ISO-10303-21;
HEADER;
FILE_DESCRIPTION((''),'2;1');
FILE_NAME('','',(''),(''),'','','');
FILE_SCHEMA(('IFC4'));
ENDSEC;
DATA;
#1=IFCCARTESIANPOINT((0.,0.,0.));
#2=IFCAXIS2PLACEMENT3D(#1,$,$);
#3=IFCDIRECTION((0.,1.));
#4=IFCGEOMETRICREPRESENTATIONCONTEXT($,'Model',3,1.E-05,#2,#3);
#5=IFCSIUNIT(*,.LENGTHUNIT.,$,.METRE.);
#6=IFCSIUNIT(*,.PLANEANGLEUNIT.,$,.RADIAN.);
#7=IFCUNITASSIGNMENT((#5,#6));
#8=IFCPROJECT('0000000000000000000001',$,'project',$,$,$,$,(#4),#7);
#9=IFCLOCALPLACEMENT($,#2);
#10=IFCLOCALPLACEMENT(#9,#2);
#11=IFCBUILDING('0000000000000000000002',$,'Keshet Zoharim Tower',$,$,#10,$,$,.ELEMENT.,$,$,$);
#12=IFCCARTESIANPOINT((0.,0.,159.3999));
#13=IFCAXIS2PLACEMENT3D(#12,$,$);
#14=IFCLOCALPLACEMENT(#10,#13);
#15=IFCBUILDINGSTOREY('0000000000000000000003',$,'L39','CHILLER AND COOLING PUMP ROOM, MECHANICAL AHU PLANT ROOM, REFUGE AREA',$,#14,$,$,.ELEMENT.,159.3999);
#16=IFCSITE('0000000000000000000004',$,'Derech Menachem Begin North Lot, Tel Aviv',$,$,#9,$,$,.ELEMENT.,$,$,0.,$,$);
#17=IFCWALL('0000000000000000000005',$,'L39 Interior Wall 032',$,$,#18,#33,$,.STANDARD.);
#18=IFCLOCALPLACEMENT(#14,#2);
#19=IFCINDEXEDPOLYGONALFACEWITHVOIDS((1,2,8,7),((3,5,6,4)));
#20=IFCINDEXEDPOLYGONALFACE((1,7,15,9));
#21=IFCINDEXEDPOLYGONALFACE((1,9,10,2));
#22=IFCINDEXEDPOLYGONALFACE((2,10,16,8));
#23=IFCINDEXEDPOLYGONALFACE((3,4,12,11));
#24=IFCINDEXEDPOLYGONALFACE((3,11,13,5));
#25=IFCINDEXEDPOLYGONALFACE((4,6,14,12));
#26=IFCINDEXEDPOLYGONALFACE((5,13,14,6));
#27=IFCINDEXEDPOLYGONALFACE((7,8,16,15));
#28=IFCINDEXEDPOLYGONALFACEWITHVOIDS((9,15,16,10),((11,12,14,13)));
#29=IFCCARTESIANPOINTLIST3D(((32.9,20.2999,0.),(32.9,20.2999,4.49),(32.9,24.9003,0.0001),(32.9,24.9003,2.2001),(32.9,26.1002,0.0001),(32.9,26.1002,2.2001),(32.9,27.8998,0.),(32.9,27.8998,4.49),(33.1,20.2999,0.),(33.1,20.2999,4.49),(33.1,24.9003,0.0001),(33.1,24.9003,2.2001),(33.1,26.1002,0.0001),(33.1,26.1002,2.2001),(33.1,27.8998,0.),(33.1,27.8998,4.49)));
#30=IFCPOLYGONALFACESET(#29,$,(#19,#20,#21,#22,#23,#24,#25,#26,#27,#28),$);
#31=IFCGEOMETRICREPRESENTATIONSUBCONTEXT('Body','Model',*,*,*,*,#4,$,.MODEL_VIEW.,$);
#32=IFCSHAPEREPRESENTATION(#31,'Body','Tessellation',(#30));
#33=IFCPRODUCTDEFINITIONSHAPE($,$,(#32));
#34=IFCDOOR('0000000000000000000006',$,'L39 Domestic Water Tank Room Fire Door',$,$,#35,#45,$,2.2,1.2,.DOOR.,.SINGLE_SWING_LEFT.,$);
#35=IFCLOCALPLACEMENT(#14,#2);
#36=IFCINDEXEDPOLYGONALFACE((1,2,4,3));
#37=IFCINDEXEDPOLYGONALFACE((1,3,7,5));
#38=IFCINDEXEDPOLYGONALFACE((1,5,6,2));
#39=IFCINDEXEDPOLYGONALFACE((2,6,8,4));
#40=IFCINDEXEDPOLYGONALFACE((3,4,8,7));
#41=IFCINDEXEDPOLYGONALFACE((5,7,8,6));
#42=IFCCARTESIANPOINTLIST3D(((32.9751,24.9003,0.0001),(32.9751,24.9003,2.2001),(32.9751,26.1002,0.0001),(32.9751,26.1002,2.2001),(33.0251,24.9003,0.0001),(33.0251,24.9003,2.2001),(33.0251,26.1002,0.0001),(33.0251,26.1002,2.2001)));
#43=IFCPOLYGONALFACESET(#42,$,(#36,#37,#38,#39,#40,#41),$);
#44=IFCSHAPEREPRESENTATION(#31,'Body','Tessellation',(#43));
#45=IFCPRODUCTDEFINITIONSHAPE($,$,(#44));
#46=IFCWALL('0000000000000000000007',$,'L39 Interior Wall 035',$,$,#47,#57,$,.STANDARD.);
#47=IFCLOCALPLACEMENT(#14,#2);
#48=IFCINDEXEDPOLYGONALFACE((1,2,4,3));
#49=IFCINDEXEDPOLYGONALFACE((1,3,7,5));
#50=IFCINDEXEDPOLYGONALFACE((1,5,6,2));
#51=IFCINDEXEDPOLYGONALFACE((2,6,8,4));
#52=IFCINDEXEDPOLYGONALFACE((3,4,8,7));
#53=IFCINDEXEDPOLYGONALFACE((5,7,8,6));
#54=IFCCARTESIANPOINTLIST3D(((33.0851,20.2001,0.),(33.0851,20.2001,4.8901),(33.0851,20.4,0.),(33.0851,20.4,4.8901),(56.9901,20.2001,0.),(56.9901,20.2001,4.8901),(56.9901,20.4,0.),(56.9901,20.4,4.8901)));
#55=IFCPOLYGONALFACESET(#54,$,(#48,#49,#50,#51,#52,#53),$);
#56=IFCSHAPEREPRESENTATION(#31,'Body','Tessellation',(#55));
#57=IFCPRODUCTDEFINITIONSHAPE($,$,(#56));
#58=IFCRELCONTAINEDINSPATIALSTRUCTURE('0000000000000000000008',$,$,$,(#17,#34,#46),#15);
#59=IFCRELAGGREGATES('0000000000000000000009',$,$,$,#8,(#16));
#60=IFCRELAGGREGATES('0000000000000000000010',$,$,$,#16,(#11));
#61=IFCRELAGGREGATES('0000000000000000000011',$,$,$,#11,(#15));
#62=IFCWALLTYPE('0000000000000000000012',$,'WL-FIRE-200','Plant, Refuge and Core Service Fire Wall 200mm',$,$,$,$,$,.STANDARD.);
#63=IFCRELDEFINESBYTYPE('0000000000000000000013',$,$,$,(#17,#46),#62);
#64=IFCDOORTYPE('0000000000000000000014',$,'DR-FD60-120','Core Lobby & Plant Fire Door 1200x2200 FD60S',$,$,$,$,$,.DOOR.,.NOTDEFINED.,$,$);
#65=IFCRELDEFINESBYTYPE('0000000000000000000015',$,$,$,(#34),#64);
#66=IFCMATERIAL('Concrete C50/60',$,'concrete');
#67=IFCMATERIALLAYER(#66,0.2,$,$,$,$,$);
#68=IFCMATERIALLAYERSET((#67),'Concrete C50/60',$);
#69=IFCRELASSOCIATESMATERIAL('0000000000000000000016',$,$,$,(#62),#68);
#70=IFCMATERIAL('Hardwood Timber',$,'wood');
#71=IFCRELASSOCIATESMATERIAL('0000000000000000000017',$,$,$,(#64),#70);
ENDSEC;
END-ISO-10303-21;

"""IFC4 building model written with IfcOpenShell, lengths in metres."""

from ifc_helpers import new_model, si_unit, direction, frame, frame_2d, origin, place, context, subcontext, project, spatial, rectangle, extrude, material, layer, layer_set, type_object, element, fill, save


model = new_model("IFC4")

# Units and contexts
model_context = context("Model", 3, precision=1e-05, world=origin(), true_north=direction((0.0, 1.0)))
body_context = subcontext(model_context, "Body", "Model", "MODEL_VIEW")
ifc_project = project(units=[si_unit("LENGTHUNIT", "METRE"), si_unit("PLANEANGLEUNIT", "RADIAN")], contexts=[model_context])

# Site, building, storey
site_placement = place(None, origin())
site = spatial("IfcSite", under=ifc_project, at=site_placement, Name="Derech Menachem Begin North Lot, Tel Aviv", CompositionType="ELEMENT", RefElevation=0.0)
building_placement = place(site_placement, origin())
building = spatial("IfcBuilding", under=site, at=building_placement, Name="Keshet Zoharim Tower", CompositionType="ELEMENT")
storey_placement = place(building_placement, frame((0.0, 0.0, 159.3999)))
storey = spatial("IfcBuildingStorey", under=building, at=storey_placement, Name="L39", Description="CHILLER AND COOLING PUMP ROOM, MECHANICAL AHU PLANT ROOM, REFUGE AREA", CompositionType="ELEMENT", Elevation=159.3999)

# Shared definitions
ifc_material_1 = material(Name="Concrete C50/60", Category="concrete")
ifc_layer_1 = layer(ifc_material_1, 0.2)
ifc_layer_set_1 = layer_set([ifc_layer_1], Name="Concrete C50/60")
wall_type_1 = type_object("IfcWallType", Name="WL-FIRE-200", Description="Plant, Refuge and Core Service Fire Wall 200mm", PredefinedType="STANDARD", material=ifc_layer_set_1)

# Wall, opening, door
wall_1_placement = place(storey_placement, frame((33.0, 20.3, 0.0), z_axis=(0.0, 0.0, 1.0), x_axis=(0.0, 1.0, 0.0)))
wall_1 = element("IfcWall", 1, at=wall_1_placement, inside=storey, type_object=wall_type_1, Name="L39 Interior Wall 032", PredefinedType="STANDARD", context=body_context, shape_type="SweptSolid", body=[
    extrude(rectangle(XDim=7.5999, YDim=0.2, at=frame_2d((3.7998, 0.0))), origin(), (0.0, 0.0, 1.0), 4.49),
])
opening_placement = place(wall_1_placement, frame((4.6001, 0.0, 0.0)))
opening = element("IfcOpeningElement", 2, at=opening_placement, cuts=wall_1, PredefinedType="OPENING", context=body_context, shape_type="SweptSolid", body=[
    extrude(rectangle(XDim=1.2, YDim=2.2, at=frame_2d((0.6001, 1.1001))), frame((0.0, 0.1099, 0.0), z_axis=(0.0, -1.0, 0.0), x_axis=(1.0, 0.0, 0.0)), (0.0, 0.0, 1.0), 0.22),
])
ifc_material_2 = material(Name="Hardwood Timber", Category="wood")
door_type = type_object("IfcDoorType", Name="DR-FD60-120", Description="Core Lobby & Plant Fire Door 1200x2200 FD60S", OperationType="NOTDEFINED", PredefinedType="DOOR", material=ifc_material_2)
door_placement = place(opening_placement, origin())
door = element("IfcDoor", 3, at=door_placement, inside=storey, type_object=door_type, Name="L39 Domestic Water Tank Room Fire Door", OperationType="SINGLE_SWING_LEFT", OverallHeight=2.2, OverallWidth=1.2, PredefinedType="DOOR", context=body_context, shape_type="SweptSolid", body=[
    extrude(rectangle(XDim=1.2, YDim=2.2, at=frame_2d((0.6001, 1.1001))), frame((0.0, 0.0249, 0.0), z_axis=(0.0, -1.0, 0.0), x_axis=(1.0, 0.0, 0.0)), (0.0, 0.0, 1.0), 0.05),
])
fill(opening, door)

# Wall
wall_2_placement = place(storey_placement, frame((33.085, 20.3, 0.0), z_axis=(0.0, 0.0, 1.0), x_axis=(1.0, 0.0, 0.0)))
element("IfcWall", 4, at=wall_2_placement, inside=storey, type_object=wall_type_1, Name="L39 Interior Wall 035", PredefinedType="STANDARD", context=body_context, shape_type="SweptSolid", body=[
    extrude(rectangle(XDim=23.905, YDim=0.2, at=frame_2d((11.9526, 0.0))), origin(), (0.0, 0.0, 1.0), 4.8901),
])

save(model, "model.ifc")
